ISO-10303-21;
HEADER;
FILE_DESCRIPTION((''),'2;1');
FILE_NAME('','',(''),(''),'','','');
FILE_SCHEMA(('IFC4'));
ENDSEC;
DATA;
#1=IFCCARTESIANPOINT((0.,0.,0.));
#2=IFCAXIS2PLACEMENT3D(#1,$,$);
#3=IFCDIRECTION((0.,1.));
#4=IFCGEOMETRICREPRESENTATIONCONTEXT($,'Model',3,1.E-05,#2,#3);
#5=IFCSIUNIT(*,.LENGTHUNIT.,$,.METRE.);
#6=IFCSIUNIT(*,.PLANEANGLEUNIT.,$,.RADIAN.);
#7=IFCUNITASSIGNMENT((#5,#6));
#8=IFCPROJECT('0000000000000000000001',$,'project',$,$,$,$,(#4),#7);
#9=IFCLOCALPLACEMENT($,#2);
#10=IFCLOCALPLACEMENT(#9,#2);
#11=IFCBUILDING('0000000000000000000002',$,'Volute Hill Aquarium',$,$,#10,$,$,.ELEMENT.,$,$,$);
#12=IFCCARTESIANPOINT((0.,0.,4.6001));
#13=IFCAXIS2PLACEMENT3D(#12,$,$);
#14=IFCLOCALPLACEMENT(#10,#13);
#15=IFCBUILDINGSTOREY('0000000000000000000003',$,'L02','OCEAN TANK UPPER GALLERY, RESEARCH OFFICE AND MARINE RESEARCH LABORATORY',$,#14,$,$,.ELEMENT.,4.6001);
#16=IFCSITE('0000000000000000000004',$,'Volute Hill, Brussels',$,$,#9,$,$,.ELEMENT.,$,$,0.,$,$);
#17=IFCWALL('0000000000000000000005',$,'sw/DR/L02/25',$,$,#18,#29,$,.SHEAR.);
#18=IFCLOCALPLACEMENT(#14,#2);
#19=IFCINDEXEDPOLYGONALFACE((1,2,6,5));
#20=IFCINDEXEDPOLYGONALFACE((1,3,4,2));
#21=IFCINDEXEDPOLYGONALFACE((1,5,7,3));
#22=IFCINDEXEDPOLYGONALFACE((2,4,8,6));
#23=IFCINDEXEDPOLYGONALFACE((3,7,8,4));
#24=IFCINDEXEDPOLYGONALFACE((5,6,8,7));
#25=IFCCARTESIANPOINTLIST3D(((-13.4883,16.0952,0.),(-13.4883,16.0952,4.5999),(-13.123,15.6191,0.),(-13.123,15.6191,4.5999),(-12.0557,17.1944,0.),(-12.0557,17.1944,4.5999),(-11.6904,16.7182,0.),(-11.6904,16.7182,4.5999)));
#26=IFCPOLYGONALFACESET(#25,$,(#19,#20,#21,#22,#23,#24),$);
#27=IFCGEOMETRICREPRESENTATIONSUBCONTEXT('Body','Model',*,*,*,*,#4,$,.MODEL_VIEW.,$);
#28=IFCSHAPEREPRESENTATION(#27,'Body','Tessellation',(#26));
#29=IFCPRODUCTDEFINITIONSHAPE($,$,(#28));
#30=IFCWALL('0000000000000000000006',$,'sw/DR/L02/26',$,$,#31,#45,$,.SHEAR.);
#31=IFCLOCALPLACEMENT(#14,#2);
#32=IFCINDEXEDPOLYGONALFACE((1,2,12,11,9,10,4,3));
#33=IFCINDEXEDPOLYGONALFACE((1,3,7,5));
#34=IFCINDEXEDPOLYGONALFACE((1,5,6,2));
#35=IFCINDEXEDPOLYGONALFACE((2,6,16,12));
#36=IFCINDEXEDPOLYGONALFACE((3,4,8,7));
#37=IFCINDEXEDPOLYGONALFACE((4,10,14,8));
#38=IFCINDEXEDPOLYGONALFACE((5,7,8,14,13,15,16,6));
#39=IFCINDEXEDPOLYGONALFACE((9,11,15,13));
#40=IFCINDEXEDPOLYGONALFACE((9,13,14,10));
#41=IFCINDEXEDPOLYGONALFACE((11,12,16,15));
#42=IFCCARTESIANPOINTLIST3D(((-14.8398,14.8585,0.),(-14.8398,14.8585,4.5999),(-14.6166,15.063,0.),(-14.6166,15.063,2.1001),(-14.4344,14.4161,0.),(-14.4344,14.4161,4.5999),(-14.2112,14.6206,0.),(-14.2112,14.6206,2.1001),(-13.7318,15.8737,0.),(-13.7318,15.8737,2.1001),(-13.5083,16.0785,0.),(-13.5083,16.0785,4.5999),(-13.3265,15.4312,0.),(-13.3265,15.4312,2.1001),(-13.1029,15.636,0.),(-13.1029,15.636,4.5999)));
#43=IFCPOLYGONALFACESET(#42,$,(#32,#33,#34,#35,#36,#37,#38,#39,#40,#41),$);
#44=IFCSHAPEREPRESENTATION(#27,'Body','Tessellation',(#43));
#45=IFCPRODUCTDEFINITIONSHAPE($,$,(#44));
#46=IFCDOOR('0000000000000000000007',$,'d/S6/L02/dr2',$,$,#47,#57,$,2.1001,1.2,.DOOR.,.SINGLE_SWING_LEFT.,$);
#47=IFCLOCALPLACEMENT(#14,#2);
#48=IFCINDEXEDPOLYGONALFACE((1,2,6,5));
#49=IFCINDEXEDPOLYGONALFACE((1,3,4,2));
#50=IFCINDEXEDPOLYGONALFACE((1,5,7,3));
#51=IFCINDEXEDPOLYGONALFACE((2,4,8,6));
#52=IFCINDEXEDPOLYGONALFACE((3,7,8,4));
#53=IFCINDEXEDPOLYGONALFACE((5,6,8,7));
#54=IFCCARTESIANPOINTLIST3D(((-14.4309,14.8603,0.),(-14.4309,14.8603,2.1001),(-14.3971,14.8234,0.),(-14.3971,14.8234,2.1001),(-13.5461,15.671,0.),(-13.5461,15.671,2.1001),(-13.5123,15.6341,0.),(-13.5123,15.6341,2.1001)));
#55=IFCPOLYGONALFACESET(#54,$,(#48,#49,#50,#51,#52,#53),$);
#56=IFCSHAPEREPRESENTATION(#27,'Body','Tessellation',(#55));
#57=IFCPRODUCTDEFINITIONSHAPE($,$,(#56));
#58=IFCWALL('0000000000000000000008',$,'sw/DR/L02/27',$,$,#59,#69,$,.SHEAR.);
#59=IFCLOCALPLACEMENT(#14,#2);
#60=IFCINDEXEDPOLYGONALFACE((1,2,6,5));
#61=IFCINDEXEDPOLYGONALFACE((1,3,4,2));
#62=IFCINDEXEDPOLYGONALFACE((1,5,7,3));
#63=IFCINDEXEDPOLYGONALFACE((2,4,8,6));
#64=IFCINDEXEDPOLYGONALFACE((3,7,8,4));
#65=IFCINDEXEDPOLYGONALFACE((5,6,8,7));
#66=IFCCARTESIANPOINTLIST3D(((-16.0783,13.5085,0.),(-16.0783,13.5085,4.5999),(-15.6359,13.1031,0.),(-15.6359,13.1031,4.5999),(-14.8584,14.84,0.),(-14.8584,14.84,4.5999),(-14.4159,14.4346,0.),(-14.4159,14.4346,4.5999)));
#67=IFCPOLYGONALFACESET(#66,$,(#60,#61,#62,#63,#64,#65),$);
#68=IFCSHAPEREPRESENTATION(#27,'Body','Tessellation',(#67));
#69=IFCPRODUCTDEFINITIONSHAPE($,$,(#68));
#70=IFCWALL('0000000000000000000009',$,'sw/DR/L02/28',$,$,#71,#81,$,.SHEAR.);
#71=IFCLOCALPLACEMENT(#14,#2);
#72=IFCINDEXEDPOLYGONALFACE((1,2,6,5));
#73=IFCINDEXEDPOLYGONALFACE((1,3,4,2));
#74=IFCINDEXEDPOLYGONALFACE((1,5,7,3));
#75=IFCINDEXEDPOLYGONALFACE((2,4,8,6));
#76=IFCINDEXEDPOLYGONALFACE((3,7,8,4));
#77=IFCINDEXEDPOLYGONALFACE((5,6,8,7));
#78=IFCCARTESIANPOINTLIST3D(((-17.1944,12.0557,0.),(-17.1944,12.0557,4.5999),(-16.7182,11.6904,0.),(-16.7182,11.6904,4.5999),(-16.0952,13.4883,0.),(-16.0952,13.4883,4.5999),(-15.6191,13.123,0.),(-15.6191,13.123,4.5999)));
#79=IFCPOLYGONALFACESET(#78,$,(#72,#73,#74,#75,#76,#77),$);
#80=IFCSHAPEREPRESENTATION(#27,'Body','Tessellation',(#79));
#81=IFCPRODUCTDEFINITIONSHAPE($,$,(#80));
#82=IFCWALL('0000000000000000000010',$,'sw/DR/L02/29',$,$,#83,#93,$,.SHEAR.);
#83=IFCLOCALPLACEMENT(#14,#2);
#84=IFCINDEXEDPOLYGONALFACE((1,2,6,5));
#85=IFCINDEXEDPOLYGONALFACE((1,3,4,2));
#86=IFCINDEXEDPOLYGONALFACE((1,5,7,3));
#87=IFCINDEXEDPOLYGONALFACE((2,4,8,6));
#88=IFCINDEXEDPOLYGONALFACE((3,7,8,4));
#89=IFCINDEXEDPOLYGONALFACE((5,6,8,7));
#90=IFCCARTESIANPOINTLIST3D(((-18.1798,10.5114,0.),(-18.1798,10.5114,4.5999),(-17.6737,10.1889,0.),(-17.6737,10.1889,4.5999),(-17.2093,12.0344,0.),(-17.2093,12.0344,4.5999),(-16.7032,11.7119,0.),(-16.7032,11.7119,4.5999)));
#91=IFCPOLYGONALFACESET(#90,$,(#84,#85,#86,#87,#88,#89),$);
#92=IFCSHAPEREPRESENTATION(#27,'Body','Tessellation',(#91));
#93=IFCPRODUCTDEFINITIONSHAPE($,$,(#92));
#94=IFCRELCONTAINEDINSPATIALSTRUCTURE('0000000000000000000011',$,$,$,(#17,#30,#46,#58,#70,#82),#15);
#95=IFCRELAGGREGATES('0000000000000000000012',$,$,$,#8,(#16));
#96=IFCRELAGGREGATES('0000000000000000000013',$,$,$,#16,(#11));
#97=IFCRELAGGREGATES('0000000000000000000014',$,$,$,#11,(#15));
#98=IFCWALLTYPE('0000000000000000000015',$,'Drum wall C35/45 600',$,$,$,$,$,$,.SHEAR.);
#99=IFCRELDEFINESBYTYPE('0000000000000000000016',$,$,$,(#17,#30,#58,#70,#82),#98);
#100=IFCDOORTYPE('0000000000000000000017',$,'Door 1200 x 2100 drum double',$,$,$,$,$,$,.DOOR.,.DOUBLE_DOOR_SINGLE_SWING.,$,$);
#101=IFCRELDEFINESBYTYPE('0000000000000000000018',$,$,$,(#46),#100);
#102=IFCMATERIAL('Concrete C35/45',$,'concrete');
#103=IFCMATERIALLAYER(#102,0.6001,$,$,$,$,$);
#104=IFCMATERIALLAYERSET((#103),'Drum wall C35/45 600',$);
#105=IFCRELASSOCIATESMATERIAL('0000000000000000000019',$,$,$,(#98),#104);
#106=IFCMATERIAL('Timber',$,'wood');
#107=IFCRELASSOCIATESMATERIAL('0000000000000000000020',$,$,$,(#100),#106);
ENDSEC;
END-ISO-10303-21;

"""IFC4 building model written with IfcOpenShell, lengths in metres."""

from ifc_helpers import new_model, si_unit, direction, frame, frame_2d, origin, place, context, subcontext, project, spatial, rectangle, extrude, material, layer, layer_set, type_object, element, fill, save


model = new_model("IFC4")

# Units and contexts
model_context = context("Model", 3, precision=1e-05, world=origin(), true_north=direction((0.0, 1.0)))
body_context = subcontext(model_context, "Body", "Model", "MODEL_VIEW")
ifc_project = project(units=[si_unit("LENGTHUNIT", "METRE"), si_unit("PLANEANGLEUNIT", "RADIAN")], contexts=[model_context])

# Site, building, storey
site_placement = place(None, origin())
site = spatial("IfcSite", under=ifc_project, at=site_placement, Name="Volute Hill, Brussels", CompositionType="ELEMENT", RefElevation=0.0)
building_placement = place(site_placement, origin())
building = spatial("IfcBuilding", under=site, at=building_placement, Name="Volute Hill Aquarium", CompositionType="ELEMENT")
storey_placement = place(building_placement, frame((0.0, 0.0, 4.6001)))
storey = spatial("IfcBuildingStorey", under=building, at=storey_placement, Name="L02", Description="OCEAN TANK UPPER GALLERY, RESEARCH OFFICE AND MARINE RESEARCH LABORATORY", CompositionType="ELEMENT", Elevation=4.6001)

# Wall
ifc_material_1 = material(Name="Concrete C35/45", Category="concrete")
ifc_layer_1 = layer(ifc_material_1, 0.6001)
ifc_layer_set_1 = layer_set([ifc_layer_1], Name="Drum wall C35/45 600")
wall_type_1 = type_object("IfcWallType", Name="Drum wall C35/45 600", PredefinedType="SHEAR", material=ifc_layer_set_1)
wall_1_placement = place(storey_placement, frame((-11.873, 16.9563, 0.0), z_axis=(0.0, 0.0, 1.0), x_axis=(-0.793397, -0.608704, 0.0)))
element("IfcWall", 1, at=wall_1_placement, inside=storey, type_object=wall_type_1, Name="sw/DR/L02/25", PredefinedType="SHEAR", context=body_context, shape_type="SweptSolid", body=[
    extrude(rectangle(XDim=1.8057, YDim=0.6001, at=frame_2d((0.9028, 0.0))), origin(), (0.0, 0.0, 1.0), 4.5999),
])

# Wall, opening, door
wall_2_placement = place(storey_placement, frame((-13.3057, 15.8572, 0.0), z_axis=(0.0, 0.0, 1.0), x_axis=(-0.737322, -0.675541, 0.0)))
wall_2 = element("IfcWall", 2, at=wall_2_placement, inside=storey, type_object=wall_type_1, Name="sw/DR/L02/26", PredefinedType="SHEAR", context=body_context, shape_type="SweptSolid", body=[
    extrude(rectangle(XDim=1.8059, YDim=0.6001, at=frame_2d((0.9028, 0.0))), origin(), (0.0, 0.0, 1.0), 4.5999),
])
opening_1_placement = place(wall_2_placement, frame((0.303, 0.0, 0.0)))
opening_1 = element("IfcOpeningElement", 3, at=opening_1_placement, cuts=wall_2, PredefinedType="OPENING", context=body_context, shape_type="SweptSolid", body=[
    extrude(rectangle(XDim=1.2, YDim=2.1001, at=frame_2d((0.6001, 1.05))), frame((0.0, 0.3101, 0.0), z_axis=(0.0, -1.0, 0.0), x_axis=(1.0, 0.0, 0.0)), (0.0, 0.0, 1.0), 0.6201),
])
ifc_material_2 = material(Name="Timber", Category="wood")
door_type = type_object("IfcDoorType", Name="Door 1200 x 2100 drum double", OperationType="DOUBLE_DOOR_SINGLE_SWING", PredefinedType="DOOR", material=ifc_material_2)
door_placement = place(opening_1_placement, origin())
door = element("IfcDoor", 4, at=door_placement, inside=storey, type_object=door_type, Name="d/S6/L02/dr2", OperationType="SINGLE_SWING_LEFT", OverallHeight=2.1001, OverallWidth=1.2, PredefinedType="DOOR", context=body_context, shape_type="SweptSolid", body=[
    extrude(rectangle(XDim=1.2, YDim=2.1001, at=frame_2d((0.6001, 1.05))), frame((0.0, 0.0249, 0.0), z_axis=(0.0, -1.0, 0.0), x_axis=(1.0, 0.0, 0.0)), (0.0, 0.0, 1.0), 0.05),
])
fill(opening_1, door)

# Walls
wall_3_placement = place(storey_placement, frame((-14.6372, 14.6372, 0.0), z_axis=(0.0, 0.0, 1.0), x_axis=(-0.675541, -0.737322, 0.0)))
element("IfcWall", 5, at=wall_3_placement, inside=storey, type_object=wall_type_1, Name="sw/DR/L02/27", PredefinedType="SHEAR", context=body_context, shape_type="SweptSolid", body=[
    extrude(rectangle(XDim=1.8059, YDim=0.6001, at=frame_2d((0.9028, 0.0))), origin(), (0.0, 0.0, 1.0), 4.5999),
])
wall_4_placement = place(storey_placement, frame((-15.8572, 13.3057, 0.0), z_axis=(0.0, 0.0, 1.0), x_axis=(-0.608704, -0.793397, 0.0)))
element("IfcWall", 6, at=wall_4_placement, inside=storey, type_object=wall_type_1, Name="sw/DR/L02/28", PredefinedType="SHEAR", context=body_context, shape_type="SweptSolid", body=[
    extrude(rectangle(XDim=1.8057, YDim=0.6001, at=frame_2d((0.9028, 0.0))), origin(), (0.0, 0.0, 1.0), 4.5999),
])
wall_5_placement = place(storey_placement, frame((-16.9563, 11.873, 0.0), z_axis=(0.0, 0.0, 1.0), x_axis=(-0.537392, -0.843333, 0.0)))
element("IfcWall", 7, at=wall_5_placement, inside=storey, type_object=wall_type_1, Name="sw/DR/L02/29", PredefinedType="SHEAR", context=body_context, shape_type="SweptSolid", body=[
    extrude(rectangle(XDim=1.8059, YDim=0.6001, at=frame_2d((0.9028, 0.0))), origin(), (0.0, 0.0, 1.0), 4.5999),
])

save(model, "model.ifc")
